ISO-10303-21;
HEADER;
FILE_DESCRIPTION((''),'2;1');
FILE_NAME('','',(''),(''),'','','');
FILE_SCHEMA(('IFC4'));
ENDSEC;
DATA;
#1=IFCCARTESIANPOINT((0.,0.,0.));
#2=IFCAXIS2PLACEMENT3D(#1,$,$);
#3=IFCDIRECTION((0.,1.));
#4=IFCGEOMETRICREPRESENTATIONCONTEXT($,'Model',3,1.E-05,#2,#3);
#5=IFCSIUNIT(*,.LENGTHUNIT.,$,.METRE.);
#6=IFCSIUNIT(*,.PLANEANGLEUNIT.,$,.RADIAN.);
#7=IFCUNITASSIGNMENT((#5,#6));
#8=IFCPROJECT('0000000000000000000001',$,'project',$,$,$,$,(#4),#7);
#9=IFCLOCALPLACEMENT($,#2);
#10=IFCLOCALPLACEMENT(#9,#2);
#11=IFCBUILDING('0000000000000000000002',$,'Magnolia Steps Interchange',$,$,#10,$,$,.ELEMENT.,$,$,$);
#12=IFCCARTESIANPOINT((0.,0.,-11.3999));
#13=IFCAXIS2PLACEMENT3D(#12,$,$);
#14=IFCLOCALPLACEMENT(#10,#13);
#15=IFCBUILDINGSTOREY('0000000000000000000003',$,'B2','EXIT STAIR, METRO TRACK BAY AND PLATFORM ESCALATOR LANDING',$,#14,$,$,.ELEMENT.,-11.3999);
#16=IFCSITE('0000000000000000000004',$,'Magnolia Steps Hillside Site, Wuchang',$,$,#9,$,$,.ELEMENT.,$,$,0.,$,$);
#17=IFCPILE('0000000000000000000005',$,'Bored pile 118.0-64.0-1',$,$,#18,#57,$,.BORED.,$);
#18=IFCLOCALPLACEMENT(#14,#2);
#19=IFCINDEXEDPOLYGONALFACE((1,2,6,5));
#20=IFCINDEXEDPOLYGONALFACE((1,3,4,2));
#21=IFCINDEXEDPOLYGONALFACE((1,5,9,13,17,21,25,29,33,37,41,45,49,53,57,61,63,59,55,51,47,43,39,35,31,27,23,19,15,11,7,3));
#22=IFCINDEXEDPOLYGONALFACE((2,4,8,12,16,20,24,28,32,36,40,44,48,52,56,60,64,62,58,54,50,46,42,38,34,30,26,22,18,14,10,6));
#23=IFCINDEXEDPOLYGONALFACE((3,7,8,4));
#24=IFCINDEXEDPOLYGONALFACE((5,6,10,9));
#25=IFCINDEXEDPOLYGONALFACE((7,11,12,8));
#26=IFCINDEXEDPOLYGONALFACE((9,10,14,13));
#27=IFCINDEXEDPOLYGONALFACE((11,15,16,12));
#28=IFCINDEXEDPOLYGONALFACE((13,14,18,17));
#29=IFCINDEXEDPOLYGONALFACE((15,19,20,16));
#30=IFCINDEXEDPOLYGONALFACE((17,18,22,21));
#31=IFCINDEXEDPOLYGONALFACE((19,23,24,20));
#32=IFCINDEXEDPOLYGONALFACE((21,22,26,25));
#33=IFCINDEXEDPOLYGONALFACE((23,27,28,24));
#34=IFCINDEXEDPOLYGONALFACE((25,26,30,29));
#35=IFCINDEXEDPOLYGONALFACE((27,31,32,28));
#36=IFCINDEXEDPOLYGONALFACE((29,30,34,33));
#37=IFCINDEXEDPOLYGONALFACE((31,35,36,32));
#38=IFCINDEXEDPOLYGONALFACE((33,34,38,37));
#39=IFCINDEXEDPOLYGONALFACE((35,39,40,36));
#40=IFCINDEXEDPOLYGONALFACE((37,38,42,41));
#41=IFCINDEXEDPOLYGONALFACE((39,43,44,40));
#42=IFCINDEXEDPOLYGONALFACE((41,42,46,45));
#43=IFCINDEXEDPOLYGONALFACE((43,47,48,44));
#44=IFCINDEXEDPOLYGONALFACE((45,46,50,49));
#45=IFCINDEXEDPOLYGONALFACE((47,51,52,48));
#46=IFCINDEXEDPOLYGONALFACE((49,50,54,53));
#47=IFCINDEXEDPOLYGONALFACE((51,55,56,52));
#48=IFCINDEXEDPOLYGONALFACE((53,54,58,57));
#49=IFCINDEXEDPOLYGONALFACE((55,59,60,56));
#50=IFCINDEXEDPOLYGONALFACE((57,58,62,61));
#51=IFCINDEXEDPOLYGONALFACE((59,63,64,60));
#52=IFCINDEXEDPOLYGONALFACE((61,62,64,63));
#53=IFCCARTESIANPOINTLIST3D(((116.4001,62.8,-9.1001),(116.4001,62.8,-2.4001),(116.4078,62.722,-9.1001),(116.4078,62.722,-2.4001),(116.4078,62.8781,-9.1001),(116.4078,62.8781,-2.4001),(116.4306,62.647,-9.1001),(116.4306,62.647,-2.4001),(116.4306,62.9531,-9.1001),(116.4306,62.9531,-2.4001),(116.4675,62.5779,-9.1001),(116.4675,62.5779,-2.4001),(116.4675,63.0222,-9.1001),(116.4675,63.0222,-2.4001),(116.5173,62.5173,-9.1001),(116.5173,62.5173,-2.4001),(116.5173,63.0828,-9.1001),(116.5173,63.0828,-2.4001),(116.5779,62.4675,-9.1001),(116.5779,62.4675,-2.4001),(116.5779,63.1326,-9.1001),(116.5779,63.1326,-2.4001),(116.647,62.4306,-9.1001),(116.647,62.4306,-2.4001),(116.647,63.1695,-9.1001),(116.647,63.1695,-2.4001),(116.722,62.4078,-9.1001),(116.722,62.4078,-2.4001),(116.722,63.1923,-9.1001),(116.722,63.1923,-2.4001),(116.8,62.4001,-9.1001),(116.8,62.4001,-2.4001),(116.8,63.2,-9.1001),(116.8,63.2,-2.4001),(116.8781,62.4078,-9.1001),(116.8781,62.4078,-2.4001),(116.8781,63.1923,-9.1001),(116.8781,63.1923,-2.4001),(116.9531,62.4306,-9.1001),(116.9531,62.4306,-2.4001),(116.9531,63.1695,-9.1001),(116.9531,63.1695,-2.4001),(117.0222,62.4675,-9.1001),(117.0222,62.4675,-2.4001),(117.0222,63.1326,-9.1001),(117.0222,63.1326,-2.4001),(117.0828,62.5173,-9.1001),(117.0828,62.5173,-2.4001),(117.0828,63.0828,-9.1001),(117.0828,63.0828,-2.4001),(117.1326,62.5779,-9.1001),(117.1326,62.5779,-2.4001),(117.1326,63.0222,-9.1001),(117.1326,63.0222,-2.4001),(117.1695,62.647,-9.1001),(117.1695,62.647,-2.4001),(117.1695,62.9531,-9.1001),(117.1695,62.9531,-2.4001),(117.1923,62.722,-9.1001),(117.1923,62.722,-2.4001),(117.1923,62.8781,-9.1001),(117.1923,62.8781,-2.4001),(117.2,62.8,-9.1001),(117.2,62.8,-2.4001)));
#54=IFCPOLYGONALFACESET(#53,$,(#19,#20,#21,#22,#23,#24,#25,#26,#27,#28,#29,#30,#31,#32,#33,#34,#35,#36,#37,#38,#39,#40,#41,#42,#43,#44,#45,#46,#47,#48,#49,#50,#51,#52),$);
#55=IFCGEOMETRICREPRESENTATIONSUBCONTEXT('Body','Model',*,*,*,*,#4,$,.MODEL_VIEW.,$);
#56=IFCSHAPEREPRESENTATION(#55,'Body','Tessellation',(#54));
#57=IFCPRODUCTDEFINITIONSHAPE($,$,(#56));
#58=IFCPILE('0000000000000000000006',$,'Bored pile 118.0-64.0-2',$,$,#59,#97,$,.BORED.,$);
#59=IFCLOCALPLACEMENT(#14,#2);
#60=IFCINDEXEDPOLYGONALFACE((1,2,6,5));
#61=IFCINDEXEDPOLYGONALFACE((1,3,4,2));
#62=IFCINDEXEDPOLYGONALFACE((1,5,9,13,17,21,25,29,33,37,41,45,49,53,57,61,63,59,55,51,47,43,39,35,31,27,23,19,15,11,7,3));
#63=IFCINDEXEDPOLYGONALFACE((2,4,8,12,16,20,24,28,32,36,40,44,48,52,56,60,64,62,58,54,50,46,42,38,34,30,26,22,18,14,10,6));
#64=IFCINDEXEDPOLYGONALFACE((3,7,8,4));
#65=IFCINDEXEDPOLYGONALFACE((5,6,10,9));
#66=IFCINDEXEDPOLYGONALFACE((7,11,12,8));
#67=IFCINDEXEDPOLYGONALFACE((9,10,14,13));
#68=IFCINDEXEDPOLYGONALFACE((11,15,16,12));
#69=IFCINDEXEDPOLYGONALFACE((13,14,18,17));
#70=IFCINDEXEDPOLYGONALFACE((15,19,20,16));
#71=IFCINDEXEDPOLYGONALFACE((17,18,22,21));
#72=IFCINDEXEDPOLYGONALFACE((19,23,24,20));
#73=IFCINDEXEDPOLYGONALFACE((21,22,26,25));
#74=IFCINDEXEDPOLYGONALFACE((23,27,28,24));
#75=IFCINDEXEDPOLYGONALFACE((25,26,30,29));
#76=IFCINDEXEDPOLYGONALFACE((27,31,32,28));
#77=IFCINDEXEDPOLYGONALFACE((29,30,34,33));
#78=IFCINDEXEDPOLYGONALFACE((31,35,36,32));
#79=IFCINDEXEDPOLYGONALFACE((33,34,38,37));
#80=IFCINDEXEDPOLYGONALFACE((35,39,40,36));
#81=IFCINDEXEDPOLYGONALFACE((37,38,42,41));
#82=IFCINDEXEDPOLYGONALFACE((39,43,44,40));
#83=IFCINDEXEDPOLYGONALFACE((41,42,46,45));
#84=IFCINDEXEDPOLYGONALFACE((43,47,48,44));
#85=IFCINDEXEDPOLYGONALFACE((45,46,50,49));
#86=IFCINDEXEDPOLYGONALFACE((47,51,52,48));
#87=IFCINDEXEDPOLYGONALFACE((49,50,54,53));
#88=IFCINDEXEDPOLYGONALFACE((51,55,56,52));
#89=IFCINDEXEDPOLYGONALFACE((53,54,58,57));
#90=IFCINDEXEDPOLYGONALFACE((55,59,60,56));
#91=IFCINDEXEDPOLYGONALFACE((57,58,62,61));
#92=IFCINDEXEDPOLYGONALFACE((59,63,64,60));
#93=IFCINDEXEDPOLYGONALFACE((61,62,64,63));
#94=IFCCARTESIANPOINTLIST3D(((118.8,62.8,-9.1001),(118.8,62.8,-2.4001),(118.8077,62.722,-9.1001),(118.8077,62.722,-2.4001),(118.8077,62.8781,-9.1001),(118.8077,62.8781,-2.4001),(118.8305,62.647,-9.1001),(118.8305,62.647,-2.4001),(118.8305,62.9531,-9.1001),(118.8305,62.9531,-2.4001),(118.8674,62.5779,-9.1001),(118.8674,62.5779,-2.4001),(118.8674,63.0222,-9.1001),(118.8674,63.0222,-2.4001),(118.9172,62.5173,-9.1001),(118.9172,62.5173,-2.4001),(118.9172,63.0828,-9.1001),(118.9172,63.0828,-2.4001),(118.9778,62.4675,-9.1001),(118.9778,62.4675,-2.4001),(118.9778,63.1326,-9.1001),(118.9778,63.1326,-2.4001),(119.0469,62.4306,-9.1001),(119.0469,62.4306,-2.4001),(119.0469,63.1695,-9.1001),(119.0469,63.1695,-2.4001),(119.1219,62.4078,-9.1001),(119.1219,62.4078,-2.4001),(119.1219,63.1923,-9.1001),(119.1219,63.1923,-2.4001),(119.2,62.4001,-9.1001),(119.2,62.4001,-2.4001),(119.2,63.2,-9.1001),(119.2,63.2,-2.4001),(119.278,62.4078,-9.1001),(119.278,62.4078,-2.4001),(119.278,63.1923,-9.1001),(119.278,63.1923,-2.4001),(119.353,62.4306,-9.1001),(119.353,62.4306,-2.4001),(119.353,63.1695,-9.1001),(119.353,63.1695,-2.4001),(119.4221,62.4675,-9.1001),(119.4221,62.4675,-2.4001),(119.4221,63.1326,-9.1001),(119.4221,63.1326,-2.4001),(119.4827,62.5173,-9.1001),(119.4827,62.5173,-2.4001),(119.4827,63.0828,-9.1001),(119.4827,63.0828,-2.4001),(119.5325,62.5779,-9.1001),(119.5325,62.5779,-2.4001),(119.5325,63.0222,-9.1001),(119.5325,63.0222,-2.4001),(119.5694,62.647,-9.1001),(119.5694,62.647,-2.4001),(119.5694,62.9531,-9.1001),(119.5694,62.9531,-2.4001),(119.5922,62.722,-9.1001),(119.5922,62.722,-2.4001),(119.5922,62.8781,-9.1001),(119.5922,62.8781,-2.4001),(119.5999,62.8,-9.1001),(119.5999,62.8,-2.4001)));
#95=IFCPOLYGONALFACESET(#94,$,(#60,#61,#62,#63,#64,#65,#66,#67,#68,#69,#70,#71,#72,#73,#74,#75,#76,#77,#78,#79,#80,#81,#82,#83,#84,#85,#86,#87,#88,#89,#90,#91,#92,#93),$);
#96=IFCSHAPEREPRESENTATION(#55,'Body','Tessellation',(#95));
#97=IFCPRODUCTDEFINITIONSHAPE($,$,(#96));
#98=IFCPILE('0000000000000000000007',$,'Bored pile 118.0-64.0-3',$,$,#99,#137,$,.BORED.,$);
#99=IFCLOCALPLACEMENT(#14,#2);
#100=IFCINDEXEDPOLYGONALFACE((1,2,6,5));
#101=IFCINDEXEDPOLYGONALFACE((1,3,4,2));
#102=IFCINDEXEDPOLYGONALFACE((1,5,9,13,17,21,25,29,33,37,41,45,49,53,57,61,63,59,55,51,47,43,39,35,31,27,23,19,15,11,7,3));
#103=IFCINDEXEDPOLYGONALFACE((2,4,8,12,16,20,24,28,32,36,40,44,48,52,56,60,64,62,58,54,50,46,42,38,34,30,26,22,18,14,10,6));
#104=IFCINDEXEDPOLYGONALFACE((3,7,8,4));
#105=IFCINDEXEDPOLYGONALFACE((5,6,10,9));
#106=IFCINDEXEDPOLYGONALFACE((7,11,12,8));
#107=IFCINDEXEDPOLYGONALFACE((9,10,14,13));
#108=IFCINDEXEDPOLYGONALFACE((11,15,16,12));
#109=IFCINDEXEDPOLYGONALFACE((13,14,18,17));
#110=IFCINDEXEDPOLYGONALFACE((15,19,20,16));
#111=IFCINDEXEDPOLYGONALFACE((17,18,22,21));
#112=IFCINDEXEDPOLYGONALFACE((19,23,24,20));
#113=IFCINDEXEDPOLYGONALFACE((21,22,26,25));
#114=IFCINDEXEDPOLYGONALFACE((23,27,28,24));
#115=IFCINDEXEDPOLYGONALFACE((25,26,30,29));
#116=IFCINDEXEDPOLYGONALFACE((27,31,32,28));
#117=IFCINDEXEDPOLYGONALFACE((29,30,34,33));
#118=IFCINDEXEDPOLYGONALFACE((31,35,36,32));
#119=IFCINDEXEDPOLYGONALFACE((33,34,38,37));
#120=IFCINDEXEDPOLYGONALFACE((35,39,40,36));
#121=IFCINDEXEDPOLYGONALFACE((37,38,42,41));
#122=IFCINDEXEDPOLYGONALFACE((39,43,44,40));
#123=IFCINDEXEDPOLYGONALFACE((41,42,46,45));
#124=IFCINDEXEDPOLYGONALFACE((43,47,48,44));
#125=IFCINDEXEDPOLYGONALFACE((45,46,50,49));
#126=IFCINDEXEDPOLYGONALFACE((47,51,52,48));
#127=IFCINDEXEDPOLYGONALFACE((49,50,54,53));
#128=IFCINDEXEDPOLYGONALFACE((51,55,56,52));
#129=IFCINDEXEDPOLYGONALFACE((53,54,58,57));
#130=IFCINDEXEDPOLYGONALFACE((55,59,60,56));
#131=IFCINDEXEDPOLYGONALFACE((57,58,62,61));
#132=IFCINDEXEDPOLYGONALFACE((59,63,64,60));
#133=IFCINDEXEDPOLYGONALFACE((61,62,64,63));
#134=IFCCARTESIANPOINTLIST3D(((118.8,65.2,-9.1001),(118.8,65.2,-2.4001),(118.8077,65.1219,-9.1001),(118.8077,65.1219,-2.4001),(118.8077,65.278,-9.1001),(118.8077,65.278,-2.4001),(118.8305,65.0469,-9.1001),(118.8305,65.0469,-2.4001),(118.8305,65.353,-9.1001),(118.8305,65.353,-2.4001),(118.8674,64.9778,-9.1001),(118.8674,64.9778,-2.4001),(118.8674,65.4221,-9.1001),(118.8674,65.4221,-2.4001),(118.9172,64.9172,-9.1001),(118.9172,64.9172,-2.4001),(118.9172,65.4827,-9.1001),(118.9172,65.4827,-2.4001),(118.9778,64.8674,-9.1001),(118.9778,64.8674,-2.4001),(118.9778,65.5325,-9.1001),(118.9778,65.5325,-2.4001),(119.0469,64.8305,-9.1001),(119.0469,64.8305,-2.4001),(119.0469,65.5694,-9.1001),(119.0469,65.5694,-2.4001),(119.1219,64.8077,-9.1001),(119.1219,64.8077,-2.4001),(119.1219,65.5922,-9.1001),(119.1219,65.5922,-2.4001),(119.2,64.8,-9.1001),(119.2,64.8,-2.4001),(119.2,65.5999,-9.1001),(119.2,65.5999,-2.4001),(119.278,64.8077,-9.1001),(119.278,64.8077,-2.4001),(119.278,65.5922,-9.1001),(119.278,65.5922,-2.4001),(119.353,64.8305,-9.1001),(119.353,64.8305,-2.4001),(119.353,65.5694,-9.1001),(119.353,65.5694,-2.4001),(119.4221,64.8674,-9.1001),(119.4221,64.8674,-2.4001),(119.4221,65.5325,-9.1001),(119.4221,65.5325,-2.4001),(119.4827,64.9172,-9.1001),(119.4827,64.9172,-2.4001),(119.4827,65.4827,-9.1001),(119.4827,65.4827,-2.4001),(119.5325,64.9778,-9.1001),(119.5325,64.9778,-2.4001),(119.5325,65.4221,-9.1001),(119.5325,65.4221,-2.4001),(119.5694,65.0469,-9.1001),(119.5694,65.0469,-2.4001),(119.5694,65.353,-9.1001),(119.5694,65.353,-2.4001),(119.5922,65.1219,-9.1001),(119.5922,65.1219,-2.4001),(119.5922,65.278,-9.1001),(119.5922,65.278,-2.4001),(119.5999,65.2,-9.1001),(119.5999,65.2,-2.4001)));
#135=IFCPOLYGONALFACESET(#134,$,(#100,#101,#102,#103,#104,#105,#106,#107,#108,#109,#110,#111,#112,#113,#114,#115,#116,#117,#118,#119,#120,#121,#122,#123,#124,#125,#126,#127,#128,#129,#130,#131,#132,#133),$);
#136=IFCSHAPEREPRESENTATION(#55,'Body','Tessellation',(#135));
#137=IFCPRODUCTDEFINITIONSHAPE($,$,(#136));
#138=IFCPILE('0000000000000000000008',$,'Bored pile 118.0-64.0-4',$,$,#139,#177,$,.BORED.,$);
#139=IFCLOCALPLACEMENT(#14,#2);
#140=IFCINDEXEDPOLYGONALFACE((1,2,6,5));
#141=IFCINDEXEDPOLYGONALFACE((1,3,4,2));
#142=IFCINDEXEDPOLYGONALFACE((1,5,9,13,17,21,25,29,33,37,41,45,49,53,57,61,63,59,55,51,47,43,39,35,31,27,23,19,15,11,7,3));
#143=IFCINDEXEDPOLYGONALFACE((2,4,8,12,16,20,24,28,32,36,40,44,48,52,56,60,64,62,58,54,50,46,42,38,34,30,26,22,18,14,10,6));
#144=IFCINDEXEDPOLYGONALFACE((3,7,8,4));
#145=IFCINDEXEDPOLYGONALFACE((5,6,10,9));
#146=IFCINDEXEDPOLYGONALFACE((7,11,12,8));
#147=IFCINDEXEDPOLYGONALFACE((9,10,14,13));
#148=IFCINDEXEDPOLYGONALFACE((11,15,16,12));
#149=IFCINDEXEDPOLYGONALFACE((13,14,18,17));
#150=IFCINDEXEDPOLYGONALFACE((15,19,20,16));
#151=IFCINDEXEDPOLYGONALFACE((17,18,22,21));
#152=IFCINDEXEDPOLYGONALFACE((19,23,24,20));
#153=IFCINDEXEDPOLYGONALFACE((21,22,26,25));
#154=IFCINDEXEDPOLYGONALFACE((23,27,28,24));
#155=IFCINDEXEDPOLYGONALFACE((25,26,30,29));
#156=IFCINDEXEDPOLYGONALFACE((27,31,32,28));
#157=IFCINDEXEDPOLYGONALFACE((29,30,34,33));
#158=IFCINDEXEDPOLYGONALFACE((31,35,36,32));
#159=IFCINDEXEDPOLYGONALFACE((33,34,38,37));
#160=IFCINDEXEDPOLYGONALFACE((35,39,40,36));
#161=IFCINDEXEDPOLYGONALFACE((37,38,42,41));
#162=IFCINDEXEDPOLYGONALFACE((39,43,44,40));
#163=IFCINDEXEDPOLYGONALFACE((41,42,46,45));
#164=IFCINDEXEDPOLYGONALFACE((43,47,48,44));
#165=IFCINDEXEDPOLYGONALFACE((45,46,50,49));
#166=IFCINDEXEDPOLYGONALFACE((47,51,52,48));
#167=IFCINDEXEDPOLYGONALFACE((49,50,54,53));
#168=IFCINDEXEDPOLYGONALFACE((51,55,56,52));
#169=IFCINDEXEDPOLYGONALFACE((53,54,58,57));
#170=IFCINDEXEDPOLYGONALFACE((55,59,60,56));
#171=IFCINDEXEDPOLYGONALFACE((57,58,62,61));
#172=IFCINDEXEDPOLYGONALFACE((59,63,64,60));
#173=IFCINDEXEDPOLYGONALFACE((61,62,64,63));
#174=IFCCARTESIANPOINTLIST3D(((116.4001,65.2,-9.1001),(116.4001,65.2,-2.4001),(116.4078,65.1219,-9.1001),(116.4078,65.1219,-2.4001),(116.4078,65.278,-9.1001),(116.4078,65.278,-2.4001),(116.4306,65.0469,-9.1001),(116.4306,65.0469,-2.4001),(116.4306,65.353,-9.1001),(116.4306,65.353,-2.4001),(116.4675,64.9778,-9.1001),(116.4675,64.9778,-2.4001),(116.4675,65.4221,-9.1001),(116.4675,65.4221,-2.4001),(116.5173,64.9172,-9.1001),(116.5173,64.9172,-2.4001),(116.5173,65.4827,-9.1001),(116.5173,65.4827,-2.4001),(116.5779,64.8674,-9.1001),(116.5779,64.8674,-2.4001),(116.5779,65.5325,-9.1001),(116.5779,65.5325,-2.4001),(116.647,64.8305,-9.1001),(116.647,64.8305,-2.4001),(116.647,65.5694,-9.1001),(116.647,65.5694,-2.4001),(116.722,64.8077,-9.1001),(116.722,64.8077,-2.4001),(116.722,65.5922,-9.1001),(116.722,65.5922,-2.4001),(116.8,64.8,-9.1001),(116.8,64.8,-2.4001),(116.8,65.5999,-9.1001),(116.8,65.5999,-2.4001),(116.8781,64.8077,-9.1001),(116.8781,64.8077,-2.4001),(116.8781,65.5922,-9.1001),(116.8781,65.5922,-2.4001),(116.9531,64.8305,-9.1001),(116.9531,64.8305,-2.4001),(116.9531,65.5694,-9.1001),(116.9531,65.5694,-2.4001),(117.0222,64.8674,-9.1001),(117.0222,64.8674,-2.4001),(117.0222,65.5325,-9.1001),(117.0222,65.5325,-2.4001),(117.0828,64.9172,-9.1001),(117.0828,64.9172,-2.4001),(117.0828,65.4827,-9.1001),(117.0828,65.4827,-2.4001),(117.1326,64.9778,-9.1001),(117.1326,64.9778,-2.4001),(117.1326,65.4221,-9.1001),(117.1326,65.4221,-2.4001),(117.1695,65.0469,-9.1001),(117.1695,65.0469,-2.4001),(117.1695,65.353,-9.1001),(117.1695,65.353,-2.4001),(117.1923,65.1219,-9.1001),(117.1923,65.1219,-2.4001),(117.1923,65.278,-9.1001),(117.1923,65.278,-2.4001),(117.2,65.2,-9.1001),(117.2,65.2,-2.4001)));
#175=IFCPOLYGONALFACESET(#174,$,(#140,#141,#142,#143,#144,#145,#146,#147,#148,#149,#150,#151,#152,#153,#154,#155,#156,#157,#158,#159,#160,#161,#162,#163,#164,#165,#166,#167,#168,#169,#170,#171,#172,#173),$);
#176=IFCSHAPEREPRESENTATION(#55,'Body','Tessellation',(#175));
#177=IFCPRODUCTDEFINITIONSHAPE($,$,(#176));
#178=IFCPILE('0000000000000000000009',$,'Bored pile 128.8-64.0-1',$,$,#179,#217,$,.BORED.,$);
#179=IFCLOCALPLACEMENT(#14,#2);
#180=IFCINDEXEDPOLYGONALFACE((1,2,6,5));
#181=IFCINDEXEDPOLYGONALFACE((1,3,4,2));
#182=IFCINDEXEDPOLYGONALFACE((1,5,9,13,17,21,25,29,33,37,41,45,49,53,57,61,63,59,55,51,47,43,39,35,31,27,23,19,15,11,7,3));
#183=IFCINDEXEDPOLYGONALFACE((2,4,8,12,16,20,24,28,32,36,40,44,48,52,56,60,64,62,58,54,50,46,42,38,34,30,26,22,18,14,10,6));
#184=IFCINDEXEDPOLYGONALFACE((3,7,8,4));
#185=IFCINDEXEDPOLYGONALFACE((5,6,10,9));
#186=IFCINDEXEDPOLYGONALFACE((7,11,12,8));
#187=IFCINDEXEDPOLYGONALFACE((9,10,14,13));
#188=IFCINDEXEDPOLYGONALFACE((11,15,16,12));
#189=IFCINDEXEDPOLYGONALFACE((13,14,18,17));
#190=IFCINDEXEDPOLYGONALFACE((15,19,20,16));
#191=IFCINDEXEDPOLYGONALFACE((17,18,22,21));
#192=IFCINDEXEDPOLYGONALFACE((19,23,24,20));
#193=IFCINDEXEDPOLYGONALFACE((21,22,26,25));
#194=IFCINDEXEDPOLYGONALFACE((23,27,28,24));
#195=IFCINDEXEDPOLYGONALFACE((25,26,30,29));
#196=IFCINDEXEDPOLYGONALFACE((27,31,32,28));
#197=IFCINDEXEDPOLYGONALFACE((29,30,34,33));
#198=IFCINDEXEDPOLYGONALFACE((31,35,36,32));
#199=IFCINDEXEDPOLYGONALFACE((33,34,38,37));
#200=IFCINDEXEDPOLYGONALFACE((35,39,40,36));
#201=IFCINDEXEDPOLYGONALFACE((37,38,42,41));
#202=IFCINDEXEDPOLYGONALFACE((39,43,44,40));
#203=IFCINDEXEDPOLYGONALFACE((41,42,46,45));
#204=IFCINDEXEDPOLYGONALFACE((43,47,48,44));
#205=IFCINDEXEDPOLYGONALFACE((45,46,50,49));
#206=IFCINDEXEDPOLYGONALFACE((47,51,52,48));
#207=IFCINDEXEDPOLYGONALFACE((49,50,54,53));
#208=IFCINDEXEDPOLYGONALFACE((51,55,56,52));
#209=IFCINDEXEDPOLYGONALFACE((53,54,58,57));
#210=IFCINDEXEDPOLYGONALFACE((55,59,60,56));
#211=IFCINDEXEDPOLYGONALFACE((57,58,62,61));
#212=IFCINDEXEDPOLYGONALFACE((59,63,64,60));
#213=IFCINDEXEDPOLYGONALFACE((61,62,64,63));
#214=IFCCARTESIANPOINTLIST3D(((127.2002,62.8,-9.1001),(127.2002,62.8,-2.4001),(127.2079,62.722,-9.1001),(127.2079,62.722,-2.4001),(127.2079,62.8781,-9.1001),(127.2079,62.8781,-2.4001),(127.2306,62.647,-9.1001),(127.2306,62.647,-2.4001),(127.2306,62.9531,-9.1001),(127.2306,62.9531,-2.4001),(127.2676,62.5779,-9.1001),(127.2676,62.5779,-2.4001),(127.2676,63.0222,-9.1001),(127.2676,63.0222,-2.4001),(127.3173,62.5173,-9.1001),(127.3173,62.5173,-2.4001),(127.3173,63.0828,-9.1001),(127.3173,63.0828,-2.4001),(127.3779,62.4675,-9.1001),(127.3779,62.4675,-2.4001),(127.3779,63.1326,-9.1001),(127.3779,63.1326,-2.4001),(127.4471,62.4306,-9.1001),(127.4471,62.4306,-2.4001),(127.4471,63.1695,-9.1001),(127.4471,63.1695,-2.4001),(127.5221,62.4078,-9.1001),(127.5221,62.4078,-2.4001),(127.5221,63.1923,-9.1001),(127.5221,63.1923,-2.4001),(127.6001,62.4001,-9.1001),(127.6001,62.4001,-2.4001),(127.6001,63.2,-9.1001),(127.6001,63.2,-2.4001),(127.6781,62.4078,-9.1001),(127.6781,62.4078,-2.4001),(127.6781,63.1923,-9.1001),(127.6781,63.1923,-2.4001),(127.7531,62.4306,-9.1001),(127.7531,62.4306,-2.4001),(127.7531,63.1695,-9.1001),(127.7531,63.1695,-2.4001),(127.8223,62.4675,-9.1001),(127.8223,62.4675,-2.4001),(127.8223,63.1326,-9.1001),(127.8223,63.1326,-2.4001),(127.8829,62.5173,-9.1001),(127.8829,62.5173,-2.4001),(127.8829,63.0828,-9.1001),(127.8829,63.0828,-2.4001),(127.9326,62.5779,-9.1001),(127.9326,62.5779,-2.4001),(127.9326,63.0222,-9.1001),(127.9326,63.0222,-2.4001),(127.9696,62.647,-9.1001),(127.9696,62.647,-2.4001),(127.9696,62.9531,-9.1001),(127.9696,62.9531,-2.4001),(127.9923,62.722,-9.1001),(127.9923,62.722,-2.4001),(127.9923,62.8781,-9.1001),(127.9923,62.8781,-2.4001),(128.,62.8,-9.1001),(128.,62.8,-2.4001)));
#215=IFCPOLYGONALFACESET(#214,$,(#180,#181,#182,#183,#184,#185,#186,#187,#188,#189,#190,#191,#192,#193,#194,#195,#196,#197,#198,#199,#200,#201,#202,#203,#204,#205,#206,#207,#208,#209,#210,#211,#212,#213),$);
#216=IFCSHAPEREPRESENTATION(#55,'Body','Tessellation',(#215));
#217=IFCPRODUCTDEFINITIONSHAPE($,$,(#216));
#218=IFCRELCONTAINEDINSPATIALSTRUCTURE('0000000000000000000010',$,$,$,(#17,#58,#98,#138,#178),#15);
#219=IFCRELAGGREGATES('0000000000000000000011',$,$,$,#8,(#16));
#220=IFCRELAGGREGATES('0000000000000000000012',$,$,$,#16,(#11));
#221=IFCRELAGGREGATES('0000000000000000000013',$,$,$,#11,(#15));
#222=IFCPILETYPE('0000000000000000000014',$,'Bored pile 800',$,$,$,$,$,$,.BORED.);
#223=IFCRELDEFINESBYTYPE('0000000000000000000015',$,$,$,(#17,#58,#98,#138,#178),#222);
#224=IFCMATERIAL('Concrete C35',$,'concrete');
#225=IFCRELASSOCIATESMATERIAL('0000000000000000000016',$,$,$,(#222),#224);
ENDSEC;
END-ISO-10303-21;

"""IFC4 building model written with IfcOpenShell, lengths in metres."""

from ifc_helpers import new_model, si_unit, direction, frame, origin, origin_2d, place, context, subcontext, project, spatial, circle, extrude, material, material_profile, profile_set, type_object, element, save


model = new_model("IFC4")

# Units and contexts
model_context = context("Model", 3, precision=1e-05, world=origin(), true_north=direction((0.0, 1.0)))
body_context = subcontext(model_context, "Body", "Model", "MODEL_VIEW")
ifc_project = project(units=[si_unit("LENGTHUNIT", "METRE"), si_unit("PLANEANGLEUNIT", "RADIAN")], contexts=[model_context])

# Site, building, storey
site_placement = place(None, origin())
site = spatial("IfcSite", under=ifc_project, at=site_placement, Name="Magnolia Steps Hillside Site, Wuchang", CompositionType="ELEMENT", RefElevation=0.0)
building_placement = place(site_placement, origin())
building = spatial("IfcBuilding", under=site, at=building_placement, Name="Magnolia Steps Interchange", CompositionType="ELEMENT")
storey_placement = place(building_placement, frame((0.0, 0.0, -11.3999)))
storey = spatial("IfcBuildingStorey", under=building, at=storey_placement, Name="B2", Description="EXIT STAIR, METRO TRACK BAY AND PLATFORM ESCALATOR LANDING", CompositionType="ELEMENT", Elevation=-11.3999)

# Piles
ifc_material_1 = material(Name="Concrete C35", Category="concrete")
ifc_material_profile_1 = material_profile(ifc_material_1, circle(Radius=0.3999, at=origin_2d()), Name="Bored pile 800")
ifc_profile_set_1 = profile_set([ifc_material_profile_1], Name="Concrete C35")
pile_type_1 = type_object("IfcPileType", Name="Bored pile 800", PredefinedType="BORED", material=ifc_profile_set_1)
for number, where, z_axis, x_axis, name in (
    (1, (116.8, 62.8, -2.4001), (0.0, 0.0, -1.0), (1.0, 0.0, 0.0), "Bored pile 118.0-64.0-1"),
    (2, (119.2, 62.8, -2.4001), (0.0, 0.0, -1.0), (1.0, 0.0, 0.0), "Bored pile 118.0-64.0-2"),
    (3, (119.2, 65.2, -2.4001), (0.0, 0.0, -1.0), (1.0, 0.0, 0.0), "Bored pile 118.0-64.0-3"),
    (4, (116.8, 65.2, -2.4001), (0.0, 0.0, -1.0), (1.0, 0.0, 0.0), "Bored pile 118.0-64.0-4"),
    (5, (127.6001, 62.8, -2.4001), (0.0, 0.0, -1.0), (1.0, 0.0, 0.0), "Bored pile 128.8-64.0-1"),
):
    element("IfcPile", number, at=place(storey_placement, frame(where, z_axis=z_axis, x_axis=x_axis)), inside=storey, type_object=pile_type_1, Name=name, PredefinedType="BORED", context=body_context, shape_type="SweptSolid", body=[
        extrude(circle(Radius=0.3999, at=origin_2d()), origin(), (0.0, 0.0, 1.0), 6.7),
    ])

save(model, "model.ifc")
